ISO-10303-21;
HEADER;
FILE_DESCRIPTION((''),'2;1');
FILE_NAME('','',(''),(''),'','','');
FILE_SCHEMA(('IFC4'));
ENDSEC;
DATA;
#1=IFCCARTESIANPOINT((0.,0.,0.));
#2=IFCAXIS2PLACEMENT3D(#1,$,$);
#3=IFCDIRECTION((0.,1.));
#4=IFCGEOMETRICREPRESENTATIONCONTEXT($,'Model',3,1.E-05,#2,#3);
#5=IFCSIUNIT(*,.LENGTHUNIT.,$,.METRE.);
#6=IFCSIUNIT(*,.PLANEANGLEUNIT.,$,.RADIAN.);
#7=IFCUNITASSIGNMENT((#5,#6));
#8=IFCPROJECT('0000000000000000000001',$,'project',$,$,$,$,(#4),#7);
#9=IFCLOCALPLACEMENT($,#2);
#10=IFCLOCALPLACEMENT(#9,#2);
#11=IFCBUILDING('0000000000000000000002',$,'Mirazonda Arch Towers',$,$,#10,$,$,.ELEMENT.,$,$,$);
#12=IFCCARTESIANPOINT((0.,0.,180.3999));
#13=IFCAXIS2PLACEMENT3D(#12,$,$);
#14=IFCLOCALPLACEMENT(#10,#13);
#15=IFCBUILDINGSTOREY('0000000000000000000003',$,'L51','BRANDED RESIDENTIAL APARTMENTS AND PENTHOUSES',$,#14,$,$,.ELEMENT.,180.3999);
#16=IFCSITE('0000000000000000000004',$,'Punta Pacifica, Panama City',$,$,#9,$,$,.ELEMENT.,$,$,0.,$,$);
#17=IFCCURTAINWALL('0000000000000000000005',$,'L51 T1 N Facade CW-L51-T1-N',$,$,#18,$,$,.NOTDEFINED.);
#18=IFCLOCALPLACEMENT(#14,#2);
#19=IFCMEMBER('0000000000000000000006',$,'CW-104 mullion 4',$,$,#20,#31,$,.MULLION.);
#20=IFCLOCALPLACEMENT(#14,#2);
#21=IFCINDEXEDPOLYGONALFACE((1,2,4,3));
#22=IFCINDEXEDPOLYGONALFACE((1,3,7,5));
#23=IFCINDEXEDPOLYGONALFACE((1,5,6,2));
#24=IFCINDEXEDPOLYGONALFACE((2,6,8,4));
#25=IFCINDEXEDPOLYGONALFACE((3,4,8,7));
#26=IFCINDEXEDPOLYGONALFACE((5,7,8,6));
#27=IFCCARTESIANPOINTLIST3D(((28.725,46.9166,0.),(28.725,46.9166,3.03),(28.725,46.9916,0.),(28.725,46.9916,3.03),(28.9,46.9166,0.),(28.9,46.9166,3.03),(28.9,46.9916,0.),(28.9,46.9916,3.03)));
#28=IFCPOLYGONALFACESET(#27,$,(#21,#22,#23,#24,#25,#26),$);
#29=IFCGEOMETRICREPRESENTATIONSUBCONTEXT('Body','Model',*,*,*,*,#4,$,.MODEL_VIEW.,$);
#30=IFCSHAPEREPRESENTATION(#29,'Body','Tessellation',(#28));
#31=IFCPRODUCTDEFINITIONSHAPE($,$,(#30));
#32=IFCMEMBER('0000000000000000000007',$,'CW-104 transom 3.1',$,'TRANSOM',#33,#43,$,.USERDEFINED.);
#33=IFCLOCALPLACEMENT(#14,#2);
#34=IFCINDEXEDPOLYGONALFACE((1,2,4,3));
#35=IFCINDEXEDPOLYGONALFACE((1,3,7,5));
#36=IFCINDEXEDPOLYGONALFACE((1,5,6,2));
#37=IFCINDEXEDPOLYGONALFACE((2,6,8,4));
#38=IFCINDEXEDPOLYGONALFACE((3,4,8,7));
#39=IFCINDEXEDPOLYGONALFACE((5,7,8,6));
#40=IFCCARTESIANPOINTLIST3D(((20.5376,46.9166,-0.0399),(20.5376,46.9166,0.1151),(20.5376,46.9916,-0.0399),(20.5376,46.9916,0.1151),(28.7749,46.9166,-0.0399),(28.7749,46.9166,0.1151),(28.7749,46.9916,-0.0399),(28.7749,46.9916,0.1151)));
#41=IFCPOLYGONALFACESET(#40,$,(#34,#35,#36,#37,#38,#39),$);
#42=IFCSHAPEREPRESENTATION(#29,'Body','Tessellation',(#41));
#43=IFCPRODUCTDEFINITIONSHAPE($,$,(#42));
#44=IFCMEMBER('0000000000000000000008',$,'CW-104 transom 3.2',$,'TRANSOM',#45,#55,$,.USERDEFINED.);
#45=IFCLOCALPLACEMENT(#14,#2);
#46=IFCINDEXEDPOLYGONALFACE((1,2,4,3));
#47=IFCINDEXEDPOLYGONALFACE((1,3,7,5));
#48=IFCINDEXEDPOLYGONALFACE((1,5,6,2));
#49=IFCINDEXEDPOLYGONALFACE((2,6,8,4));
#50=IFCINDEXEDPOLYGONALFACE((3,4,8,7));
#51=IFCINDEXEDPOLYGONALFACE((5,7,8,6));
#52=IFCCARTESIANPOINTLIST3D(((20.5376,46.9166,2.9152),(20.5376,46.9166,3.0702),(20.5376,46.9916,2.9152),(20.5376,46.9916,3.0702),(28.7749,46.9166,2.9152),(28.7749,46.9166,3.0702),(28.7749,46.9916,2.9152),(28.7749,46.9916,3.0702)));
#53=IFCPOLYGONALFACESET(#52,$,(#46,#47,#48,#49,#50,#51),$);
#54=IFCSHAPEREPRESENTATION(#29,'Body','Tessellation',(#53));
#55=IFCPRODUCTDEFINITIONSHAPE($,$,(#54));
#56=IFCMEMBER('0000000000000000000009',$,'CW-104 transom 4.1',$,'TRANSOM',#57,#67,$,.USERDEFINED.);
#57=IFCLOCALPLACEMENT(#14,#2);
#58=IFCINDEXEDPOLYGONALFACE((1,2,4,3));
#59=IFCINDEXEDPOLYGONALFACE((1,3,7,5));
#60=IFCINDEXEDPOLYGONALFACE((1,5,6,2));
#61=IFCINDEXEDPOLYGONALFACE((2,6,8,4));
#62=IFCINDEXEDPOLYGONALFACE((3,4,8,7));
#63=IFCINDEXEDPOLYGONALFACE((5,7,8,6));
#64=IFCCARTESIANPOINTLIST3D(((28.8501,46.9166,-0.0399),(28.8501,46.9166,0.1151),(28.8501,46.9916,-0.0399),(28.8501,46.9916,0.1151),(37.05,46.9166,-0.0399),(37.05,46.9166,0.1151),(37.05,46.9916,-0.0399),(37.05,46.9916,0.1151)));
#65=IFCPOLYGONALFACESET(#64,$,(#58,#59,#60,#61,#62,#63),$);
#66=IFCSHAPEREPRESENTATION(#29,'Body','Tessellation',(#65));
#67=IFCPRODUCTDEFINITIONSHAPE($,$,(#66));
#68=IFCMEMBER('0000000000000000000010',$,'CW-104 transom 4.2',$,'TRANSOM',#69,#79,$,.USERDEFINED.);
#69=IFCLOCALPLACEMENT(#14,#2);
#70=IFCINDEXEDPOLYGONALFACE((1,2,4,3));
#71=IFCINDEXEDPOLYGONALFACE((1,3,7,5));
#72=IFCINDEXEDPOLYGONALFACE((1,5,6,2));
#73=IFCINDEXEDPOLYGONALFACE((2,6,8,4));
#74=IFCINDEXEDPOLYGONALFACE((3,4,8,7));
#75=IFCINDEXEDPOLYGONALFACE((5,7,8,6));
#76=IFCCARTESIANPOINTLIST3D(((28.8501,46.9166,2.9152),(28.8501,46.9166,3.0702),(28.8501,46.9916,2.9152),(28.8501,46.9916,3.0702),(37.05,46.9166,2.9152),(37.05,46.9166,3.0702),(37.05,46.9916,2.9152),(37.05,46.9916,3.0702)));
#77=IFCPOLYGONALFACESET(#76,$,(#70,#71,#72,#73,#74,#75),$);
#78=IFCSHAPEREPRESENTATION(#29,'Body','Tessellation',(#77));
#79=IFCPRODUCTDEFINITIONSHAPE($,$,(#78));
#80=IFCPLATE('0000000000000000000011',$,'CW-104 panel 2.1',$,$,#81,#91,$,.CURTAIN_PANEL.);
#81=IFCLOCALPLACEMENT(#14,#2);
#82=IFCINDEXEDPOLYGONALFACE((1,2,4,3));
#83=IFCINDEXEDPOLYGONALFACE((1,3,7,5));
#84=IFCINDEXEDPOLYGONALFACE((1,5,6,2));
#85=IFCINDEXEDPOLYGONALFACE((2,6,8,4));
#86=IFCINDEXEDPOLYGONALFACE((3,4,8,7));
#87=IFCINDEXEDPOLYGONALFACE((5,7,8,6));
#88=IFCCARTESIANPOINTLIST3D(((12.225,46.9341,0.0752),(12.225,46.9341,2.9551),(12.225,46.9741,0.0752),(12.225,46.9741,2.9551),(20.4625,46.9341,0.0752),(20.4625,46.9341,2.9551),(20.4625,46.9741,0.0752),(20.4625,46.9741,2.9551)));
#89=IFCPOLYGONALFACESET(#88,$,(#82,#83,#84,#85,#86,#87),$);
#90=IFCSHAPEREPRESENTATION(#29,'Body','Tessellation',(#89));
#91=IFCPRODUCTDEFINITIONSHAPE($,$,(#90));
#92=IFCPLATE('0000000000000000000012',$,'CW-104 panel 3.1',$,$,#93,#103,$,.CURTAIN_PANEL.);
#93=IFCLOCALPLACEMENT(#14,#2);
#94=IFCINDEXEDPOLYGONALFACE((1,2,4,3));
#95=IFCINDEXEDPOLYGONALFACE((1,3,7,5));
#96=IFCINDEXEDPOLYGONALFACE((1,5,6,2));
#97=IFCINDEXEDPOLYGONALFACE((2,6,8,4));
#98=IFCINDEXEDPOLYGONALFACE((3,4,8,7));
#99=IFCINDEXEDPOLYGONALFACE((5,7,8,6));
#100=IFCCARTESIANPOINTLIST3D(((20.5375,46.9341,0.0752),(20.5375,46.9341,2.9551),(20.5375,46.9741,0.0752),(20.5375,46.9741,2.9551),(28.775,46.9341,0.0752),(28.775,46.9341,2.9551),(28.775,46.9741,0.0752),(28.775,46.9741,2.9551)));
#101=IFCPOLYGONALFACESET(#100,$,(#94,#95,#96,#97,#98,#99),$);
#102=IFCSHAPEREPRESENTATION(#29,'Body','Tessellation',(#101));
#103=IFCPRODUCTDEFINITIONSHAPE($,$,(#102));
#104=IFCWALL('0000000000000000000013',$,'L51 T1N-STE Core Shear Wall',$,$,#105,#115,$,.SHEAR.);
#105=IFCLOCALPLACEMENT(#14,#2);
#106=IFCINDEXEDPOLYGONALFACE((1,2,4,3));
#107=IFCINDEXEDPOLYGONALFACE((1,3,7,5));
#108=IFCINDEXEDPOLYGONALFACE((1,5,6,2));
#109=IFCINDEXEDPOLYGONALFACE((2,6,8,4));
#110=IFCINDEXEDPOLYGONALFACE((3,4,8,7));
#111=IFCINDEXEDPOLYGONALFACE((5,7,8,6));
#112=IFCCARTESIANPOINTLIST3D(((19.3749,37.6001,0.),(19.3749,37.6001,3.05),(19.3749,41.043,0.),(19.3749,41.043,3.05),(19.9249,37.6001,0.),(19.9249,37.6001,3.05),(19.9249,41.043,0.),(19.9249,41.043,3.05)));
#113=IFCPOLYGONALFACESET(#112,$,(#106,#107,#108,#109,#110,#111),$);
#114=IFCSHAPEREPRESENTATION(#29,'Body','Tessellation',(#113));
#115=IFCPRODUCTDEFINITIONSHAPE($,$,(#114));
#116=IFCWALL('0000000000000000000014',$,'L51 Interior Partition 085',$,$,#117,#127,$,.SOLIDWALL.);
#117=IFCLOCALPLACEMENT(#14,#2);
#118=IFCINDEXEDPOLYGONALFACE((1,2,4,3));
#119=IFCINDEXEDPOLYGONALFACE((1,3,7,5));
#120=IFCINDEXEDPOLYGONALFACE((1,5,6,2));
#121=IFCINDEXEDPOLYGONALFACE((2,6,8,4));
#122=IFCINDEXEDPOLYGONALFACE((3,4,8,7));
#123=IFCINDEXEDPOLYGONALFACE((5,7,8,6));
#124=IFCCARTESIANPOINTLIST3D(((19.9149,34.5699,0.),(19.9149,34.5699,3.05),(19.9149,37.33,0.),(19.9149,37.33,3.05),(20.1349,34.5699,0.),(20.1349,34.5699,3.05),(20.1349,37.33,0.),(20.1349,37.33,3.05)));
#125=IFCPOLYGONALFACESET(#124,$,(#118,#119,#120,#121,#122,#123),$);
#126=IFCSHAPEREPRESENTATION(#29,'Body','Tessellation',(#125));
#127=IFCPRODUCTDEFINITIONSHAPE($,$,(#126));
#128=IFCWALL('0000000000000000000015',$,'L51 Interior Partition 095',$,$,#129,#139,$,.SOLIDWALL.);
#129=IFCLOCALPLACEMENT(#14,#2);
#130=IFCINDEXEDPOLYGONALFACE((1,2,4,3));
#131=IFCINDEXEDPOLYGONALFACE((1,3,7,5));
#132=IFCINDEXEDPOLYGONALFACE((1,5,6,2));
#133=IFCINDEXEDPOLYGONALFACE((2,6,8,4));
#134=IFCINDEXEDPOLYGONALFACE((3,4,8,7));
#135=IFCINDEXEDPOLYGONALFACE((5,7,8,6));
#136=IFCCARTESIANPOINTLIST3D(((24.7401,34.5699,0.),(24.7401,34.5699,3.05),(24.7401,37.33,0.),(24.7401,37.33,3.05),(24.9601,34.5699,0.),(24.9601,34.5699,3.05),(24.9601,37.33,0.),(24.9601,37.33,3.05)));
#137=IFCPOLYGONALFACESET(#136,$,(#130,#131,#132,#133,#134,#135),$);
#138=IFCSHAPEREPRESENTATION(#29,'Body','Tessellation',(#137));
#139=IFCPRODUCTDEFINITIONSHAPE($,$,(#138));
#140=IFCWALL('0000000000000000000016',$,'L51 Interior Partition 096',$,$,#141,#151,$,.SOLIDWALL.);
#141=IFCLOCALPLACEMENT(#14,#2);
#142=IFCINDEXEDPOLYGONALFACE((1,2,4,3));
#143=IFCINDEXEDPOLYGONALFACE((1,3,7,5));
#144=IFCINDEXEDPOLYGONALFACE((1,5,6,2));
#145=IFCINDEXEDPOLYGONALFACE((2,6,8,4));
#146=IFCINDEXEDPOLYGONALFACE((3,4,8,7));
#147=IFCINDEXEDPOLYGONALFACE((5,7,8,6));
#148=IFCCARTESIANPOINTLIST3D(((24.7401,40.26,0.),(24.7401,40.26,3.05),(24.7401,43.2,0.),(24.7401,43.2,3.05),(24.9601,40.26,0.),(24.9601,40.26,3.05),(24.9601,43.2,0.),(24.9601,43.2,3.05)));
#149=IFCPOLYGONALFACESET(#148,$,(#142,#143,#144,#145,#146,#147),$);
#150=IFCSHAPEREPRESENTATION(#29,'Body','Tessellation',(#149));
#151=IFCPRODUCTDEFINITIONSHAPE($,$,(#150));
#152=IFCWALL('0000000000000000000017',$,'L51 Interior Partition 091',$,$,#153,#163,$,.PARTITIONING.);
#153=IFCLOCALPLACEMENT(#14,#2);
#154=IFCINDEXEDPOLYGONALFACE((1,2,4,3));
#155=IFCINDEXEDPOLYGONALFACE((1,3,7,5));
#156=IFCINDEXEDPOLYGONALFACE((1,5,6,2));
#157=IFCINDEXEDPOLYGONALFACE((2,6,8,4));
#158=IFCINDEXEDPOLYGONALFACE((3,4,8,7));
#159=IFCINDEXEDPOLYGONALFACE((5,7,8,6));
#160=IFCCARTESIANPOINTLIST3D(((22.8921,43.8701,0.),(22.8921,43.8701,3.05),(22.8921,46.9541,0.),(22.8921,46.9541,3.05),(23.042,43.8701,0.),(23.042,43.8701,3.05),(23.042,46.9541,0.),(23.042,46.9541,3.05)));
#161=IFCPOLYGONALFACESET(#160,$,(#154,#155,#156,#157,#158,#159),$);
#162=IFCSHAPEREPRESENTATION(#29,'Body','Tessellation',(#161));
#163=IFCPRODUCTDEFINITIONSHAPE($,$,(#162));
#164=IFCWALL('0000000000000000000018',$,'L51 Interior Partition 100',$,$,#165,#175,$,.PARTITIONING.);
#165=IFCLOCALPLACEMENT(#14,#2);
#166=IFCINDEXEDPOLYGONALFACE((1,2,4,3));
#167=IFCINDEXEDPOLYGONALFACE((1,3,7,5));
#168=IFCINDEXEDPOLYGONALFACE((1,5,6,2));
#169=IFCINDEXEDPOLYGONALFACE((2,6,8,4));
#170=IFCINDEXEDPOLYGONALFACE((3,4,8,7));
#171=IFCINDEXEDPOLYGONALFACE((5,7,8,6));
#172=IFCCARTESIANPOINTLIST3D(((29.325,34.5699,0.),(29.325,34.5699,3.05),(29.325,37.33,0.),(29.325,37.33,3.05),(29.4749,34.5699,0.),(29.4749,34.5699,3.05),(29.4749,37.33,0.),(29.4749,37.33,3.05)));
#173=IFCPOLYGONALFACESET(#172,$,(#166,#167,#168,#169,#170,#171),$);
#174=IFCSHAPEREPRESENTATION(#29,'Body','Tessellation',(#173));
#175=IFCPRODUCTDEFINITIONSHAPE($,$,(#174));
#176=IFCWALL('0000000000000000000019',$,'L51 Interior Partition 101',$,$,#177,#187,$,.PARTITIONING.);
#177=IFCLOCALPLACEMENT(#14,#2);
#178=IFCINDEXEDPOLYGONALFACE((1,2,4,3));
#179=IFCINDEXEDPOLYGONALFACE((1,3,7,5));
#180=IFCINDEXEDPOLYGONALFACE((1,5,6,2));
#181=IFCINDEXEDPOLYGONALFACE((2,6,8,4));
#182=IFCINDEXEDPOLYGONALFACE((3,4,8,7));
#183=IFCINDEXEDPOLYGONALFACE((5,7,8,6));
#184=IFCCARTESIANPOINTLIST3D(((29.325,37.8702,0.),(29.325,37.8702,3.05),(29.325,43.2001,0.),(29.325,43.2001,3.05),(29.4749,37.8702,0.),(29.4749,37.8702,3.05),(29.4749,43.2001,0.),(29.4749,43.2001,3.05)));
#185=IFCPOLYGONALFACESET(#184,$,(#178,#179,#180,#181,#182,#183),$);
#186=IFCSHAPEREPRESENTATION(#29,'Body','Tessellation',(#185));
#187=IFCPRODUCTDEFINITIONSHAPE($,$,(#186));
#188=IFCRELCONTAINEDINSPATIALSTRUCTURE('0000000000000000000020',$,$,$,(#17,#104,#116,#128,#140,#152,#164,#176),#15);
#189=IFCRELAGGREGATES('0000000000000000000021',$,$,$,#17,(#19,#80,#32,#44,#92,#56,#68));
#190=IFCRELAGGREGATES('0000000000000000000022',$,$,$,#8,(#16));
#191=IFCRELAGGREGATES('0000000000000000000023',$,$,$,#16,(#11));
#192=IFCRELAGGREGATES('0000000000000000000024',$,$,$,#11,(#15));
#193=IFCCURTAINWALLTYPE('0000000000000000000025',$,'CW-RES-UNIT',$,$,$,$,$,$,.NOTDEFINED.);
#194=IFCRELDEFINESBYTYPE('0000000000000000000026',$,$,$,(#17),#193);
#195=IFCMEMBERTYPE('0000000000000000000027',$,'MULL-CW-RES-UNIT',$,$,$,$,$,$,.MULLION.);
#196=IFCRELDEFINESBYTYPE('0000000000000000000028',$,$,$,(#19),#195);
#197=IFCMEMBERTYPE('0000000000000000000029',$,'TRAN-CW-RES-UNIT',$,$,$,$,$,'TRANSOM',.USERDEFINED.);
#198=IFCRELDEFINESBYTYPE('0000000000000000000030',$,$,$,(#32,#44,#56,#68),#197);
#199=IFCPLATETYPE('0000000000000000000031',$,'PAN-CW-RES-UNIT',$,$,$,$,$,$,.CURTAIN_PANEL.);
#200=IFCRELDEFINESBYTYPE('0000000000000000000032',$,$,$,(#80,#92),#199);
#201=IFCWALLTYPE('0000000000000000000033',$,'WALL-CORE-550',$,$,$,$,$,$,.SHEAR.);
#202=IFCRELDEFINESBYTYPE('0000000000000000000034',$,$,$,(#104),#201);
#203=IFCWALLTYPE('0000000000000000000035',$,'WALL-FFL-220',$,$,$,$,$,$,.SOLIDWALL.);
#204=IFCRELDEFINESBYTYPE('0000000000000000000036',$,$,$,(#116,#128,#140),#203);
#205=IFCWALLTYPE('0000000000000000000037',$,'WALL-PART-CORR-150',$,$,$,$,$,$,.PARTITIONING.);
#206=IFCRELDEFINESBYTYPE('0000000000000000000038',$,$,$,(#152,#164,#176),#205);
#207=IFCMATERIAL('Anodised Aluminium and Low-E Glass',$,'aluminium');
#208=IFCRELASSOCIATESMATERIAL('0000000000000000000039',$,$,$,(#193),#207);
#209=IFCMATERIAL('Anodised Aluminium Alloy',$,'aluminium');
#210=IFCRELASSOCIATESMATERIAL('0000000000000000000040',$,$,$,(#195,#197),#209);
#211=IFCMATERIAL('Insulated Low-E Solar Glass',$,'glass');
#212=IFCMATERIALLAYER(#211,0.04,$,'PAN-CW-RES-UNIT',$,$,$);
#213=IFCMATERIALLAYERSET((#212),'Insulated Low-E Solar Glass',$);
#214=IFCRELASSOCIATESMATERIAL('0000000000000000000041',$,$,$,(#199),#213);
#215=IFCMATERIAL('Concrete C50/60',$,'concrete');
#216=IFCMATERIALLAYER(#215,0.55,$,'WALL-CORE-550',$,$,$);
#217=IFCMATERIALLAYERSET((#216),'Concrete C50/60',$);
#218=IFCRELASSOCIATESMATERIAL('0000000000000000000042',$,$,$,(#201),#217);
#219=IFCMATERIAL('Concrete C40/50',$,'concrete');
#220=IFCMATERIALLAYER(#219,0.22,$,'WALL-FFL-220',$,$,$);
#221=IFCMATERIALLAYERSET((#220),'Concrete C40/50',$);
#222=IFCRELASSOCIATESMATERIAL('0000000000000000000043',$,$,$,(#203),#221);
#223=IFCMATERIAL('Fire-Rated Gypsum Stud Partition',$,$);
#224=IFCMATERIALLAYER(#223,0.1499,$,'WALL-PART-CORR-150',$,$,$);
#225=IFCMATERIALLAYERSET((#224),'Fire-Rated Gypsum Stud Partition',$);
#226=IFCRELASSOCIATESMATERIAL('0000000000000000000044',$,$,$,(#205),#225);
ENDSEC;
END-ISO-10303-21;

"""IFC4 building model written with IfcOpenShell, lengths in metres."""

from ifc_helpers import new_model, si_unit, direction, frame, frame_2d, origin, origin_2d, place, context, subcontext, project, spatial, rectangle, extrude, material, layer, layer_set, material_profile, profile_set, type_object, element, aggregate, save


model = new_model("IFC4")

# Units and contexts
model_context = context("Model", 3, precision=1e-05, world=origin(), true_north=direction((0.0, 1.0)))
body_context = subcontext(model_context, "Body", "Model", "MODEL_VIEW")
ifc_project = project(units=[si_unit("LENGTHUNIT", "METRE"), si_unit("PLANEANGLEUNIT", "RADIAN")], contexts=[model_context])

# Site, building, storey
site_placement = place(None, origin())
site = spatial("IfcSite", under=ifc_project, at=site_placement, Name="Punta Pacifica, Panama City", CompositionType="ELEMENT", RefElevation=0.0)
building_placement = place(site_placement, origin())
building = spatial("IfcBuilding", under=site, at=building_placement, Name="Mirazonda Arch Towers", CompositionType="ELEMENT")
storey_placement = place(building_placement, frame((0.0, 0.0, 180.3999)))
storey = spatial("IfcBuildingStorey", under=building, at=storey_placement, Name="L51", Description="BRANDED RESIDENTIAL APARTMENTS AND PENTHOUSES", CompositionType="ELEMENT", Elevation=180.3999)

# Shared definitions
ifc_material_1 = material(Name="Concrete C50/60", Category="concrete")

# Curtain wall, members, plates
ifc_material_2 = material(Name="Anodised Aluminium and Low-E Glass", Category="aluminium")
curtain_wall_type = type_object("IfcCurtainWallType", Name="CW-RES-UNIT", PredefinedType="NOTDEFINED", material=ifc_material_2)
curtain_wall_placement = place(storey_placement, origin())
curtain_wall = element("IfcCurtainWall", 1, at=curtain_wall_placement, inside=storey, type_object=curtain_wall_type, Name="L51 T1 N Facade CW-L51-T1-N", PredefinedType="NOTDEFINED")
ifc_material_3 = material(Name="Anodised Aluminium Alloy", Category="aluminium")
ifc_material_profile_1 = material_profile(ifc_material_3, rectangle(XDim=0.075, YDim=0.175, at=origin_2d()), Name="ALU-MULL-75x175")
ifc_profile_set_1 = profile_set([ifc_material_profile_1], Name="Anodised Aluminium Alloy")
member_type_1 = type_object("IfcMemberType", Name="MULL-CW-RES-UNIT", PredefinedType="MULLION", material=ifc_profile_set_1)
member_1_placement = place(storey_placement, frame((28.8125, 46.9541, 0.0), z_axis=(0.0, 0.0, 1.0), x_axis=(0.0, 1.0, 0.0)))
member_1 = element("IfcMember", 2, at=member_1_placement, type_object=member_type_1, Name="CW-104 mullion 4", PredefinedType="MULLION", context=body_context, shape_type="SweptSolid", body=[
    extrude(rectangle(XDim=0.075, YDim=0.175, at=origin_2d()), origin(), (0.0, 0.0, 1.0), 3.03),
])
ifc_material_profile_2 = material_profile(ifc_material_3, rectangle(XDim=0.075, YDim=0.155, at=origin_2d()), Name="ALU-TRAN-75x155")
ifc_profile_set_2 = profile_set([ifc_material_profile_2], Name="Anodised Aluminium Alloy")
member_type_2 = type_object("IfcMemberType", Name="TRAN-CW-RES-UNIT", ElementType="TRANSOM", PredefinedType="USERDEFINED", material=ifc_profile_set_2)
member_2_placement = place(storey_placement, frame((20.5376, 46.9541, 0.0376), z_axis=(1.0, 0.0, 0.0), x_axis=(0.0, 1.0, 0.0)))
member_2 = element("IfcMember", 3, at=member_2_placement, type_object=member_type_2, Name="CW-104 transom 3.1", ObjectType="TRANSOM", PredefinedType="USERDEFINED", context=body_context, shape_type="SweptSolid", body=[
    extrude(rectangle(XDim=0.075, YDim=0.155, at=origin_2d()), origin(), (0.0, 0.0, 1.0), 8.2373),
])
member_3_placement = place(storey_placement, frame((20.5376, 46.9541, 2.9927), z_axis=(1.0, 0.0, 0.0), x_axis=(0.0, 1.0, 0.0)))
member_3 = element("IfcMember", 4, at=member_3_placement, type_object=member_type_2, Name="CW-104 transom 3.2", ObjectType="TRANSOM", PredefinedType="USERDEFINED", context=body_context, shape_type="SweptSolid", body=[
    extrude(rectangle(XDim=0.075, YDim=0.155, at=origin_2d()), origin(), (0.0, 0.0, 1.0), 8.2373),
])
member_4_placement = place(storey_placement, frame((28.8501, 46.9541, 0.0376), z_axis=(1.0, 0.0, 0.0), x_axis=(0.0, 1.0, 0.0)))
member_4 = element("IfcMember", 5, at=member_4_placement, type_object=member_type_2, Name="CW-104 transom 4.1", ObjectType="TRANSOM", PredefinedType="USERDEFINED", context=body_context, shape_type="SweptSolid", body=[
    extrude(rectangle(XDim=0.075, YDim=0.155, at=origin_2d()), origin(), (0.0, 0.0, 1.0), 8.2),
])
member_5_placement = place(storey_placement, frame((28.8501, 46.9541, 2.9927), z_axis=(1.0, 0.0, 0.0), x_axis=(0.0, 1.0, 0.0)))
member_5 = element("IfcMember", 6, at=member_5_placement, type_object=member_type_2, Name="CW-104 transom 4.2", ObjectType="TRANSOM", PredefinedType="USERDEFINED", context=body_context, shape_type="SweptSolid", body=[
    extrude(rectangle(XDim=0.075, YDim=0.155, at=origin_2d()), origin(), (0.0, 0.0, 1.0), 8.2),
])
ifc_material_4 = material(Name="Insulated Low-E Solar Glass", Category="glass")
ifc_layer_1 = layer(ifc_material_4, 0.04, Name="PAN-CW-RES-UNIT")
ifc_layer_set_1 = layer_set([ifc_layer_1], Name="Insulated Low-E Solar Glass")
plate_type = type_object("IfcPlateType", Name="PAN-CW-RES-UNIT", PredefinedType="CURTAIN_PANEL", material=ifc_layer_set_1)
plate_1_placement = place(storey_placement, frame((16.3438, 46.9541, 0.0752), z_axis=(0.0, 0.0, 1.0), x_axis=(1.0, 0.0, 0.0)))
plate_1 = element("IfcPlate", 7, at=plate_1_placement, type_object=plate_type, Name="CW-104 panel 2.1", PredefinedType="CURTAIN_PANEL", context=body_context, shape_type="SweptSolid", body=[
    extrude(rectangle(XDim=8.2375, YDim=0.04, at=origin_2d()), origin(), (0.0, 0.0, 1.0), 2.8799),
])
plate_2_placement = place(storey_placement, frame((24.6562, 46.9541, 0.0752), z_axis=(0.0, 0.0, 1.0), x_axis=(1.0, 0.0, 0.0)))
plate_2 = element("IfcPlate", 8, at=plate_2_placement, type_object=plate_type, Name="CW-104 panel 3.1", PredefinedType="CURTAIN_PANEL", context=body_context, shape_type="SweptSolid", body=[
    extrude(rectangle(XDim=8.2375, YDim=0.04, at=origin_2d()), origin(), (0.0, 0.0, 1.0), 2.8799),
])
aggregate(curtain_wall, [member_1, plate_1, member_2, member_3, plate_2, member_4, member_5])

# Walls
ifc_layer_2 = layer(ifc_material_1, 0.55, Name="WALL-CORE-550")
ifc_layer_set_2 = layer_set([ifc_layer_2], Name="Concrete C50/60")
wall_type_1 = type_object("IfcWallType", Name="WALL-CORE-550", PredefinedType="SHEAR", material=ifc_layer_set_2)
wall_1_placement = place(storey_placement, frame((19.6499, 37.6001, 0.0), z_axis=(0.0, 0.0, 1.0), x_axis=(0.0, 1.0, 0.0)))
element("IfcWall", 9, at=wall_1_placement, inside=storey, type_object=wall_type_1, Name="L51 T1N-STE Core Shear Wall", PredefinedType="SHEAR", context=body_context, shape_type="SweptSolid", body=[
    extrude(rectangle(XDim=3.4429, YDim=0.55, at=frame_2d((1.7214, 0.0))), origin(), (0.0, 0.0, 1.0), 3.05),
])
ifc_material_5 = material(Name="Concrete C40/50", Category="concrete")
ifc_layer_3 = layer(ifc_material_5, 0.22, Name="WALL-FFL-220")
ifc_layer_set_3 = layer_set([ifc_layer_3], Name="Concrete C40/50")
wall_type_2 = type_object("IfcWallType", Name="WALL-FFL-220", PredefinedType="SOLIDWALL", material=ifc_layer_set_3)
for number, where, z_axis, x_axis, name in (
    (10, (20.0249, 34.5701, 0.0), (0.0, 0.0, 1.0), (0.0, 1.0, 0.0), "L51 Interior Partition 085"),
    (11, (24.8501, 34.5701, 0.0), (0.0, 0.0, 1.0), (0.0, 1.0, 0.0), "L51 Interior Partition 095"),
):
    element("IfcWall", number, at=place(storey_placement, frame(where, z_axis=z_axis, x_axis=x_axis)), inside=storey, type_object=wall_type_2, Name=name, PredefinedType="SOLIDWALL", context=body_context, shape_type="SweptSolid", body=[
        extrude(rectangle(XDim=2.76, YDim=0.22, at=frame_2d((1.3799, 0.0))), origin(), (0.0, 0.0, 1.0), 3.05),
    ])
wall_2_placement = place(storey_placement, frame((24.8501, 40.26, 0.0), z_axis=(0.0, 0.0, 1.0), x_axis=(0.0, 1.0, 0.0)))
element("IfcWall", 12, at=wall_2_placement, inside=storey, type_object=wall_type_2, Name="L51 Interior Partition 096", PredefinedType="SOLIDWALL", context=body_context, shape_type="SweptSolid", body=[
    extrude(rectangle(XDim=2.9399, YDim=0.22, at=frame_2d((1.47, 0.0))), origin(), (0.0, 0.0, 1.0), 3.05),
])
ifc_material_6 = material(Name="Fire-Rated Gypsum Stud Partition")
ifc_layer_4 = layer(ifc_material_6, 0.1499, Name="WALL-PART-CORR-150")
ifc_layer_set_4 = layer_set([ifc_layer_4], Name="Fire-Rated Gypsum Stud Partition")
wall_type_3 = type_object("IfcWallType", Name="WALL-PART-CORR-150", PredefinedType="PARTITIONING", material=ifc_layer_set_4)
wall_3_placement = place(storey_placement, frame((22.967, 43.8701, 0.0), z_axis=(0.0, 0.0, 1.0), x_axis=(0.0, 1.0, 0.0)))
element("IfcWall", 13, at=wall_3_placement, inside=storey, type_object=wall_type_3, Name="L51 Interior Partition 091", PredefinedType="PARTITIONING", context=body_context, shape_type="SweptSolid", body=[
    extrude(rectangle(XDim=3.084, YDim=0.1499, at=frame_2d((1.542, 0.0))), origin(), (0.0, 0.0, 1.0), 3.05),
])
wall_4_placement = place(storey_placement, frame((29.3999, 34.5701, 0.0), z_axis=(0.0, 0.0, 1.0), x_axis=(0.0, 1.0, 0.0)))
element("IfcWall", 14, at=wall_4_placement, inside=storey, type_object=wall_type_3, Name="L51 Interior Partition 100", PredefinedType="PARTITIONING", context=body_context, shape_type="SweptSolid", body=[
    extrude(rectangle(XDim=2.76, YDim=0.1499, at=frame_2d((1.3799, 0.0))), origin(), (0.0, 0.0, 1.0), 3.05),
])
wall_5_placement = place(storey_placement, frame((29.3999, 37.8701, 0.0), z_axis=(0.0, 0.0, 1.0), x_axis=(0.0, 1.0, 0.0)))
element("IfcWall", 15, at=wall_5_placement, inside=storey, type_object=wall_type_3, Name="L51 Interior Partition 101", PredefinedType="PARTITIONING", context=body_context, shape_type="SweptSolid", body=[
    extrude(rectangle(XDim=5.3298, YDim=0.1499, at=frame_2d((2.665, 0.0))), origin(), (0.0, 0.0, 1.0), 3.05),
])

save(model, "model.ifc")
